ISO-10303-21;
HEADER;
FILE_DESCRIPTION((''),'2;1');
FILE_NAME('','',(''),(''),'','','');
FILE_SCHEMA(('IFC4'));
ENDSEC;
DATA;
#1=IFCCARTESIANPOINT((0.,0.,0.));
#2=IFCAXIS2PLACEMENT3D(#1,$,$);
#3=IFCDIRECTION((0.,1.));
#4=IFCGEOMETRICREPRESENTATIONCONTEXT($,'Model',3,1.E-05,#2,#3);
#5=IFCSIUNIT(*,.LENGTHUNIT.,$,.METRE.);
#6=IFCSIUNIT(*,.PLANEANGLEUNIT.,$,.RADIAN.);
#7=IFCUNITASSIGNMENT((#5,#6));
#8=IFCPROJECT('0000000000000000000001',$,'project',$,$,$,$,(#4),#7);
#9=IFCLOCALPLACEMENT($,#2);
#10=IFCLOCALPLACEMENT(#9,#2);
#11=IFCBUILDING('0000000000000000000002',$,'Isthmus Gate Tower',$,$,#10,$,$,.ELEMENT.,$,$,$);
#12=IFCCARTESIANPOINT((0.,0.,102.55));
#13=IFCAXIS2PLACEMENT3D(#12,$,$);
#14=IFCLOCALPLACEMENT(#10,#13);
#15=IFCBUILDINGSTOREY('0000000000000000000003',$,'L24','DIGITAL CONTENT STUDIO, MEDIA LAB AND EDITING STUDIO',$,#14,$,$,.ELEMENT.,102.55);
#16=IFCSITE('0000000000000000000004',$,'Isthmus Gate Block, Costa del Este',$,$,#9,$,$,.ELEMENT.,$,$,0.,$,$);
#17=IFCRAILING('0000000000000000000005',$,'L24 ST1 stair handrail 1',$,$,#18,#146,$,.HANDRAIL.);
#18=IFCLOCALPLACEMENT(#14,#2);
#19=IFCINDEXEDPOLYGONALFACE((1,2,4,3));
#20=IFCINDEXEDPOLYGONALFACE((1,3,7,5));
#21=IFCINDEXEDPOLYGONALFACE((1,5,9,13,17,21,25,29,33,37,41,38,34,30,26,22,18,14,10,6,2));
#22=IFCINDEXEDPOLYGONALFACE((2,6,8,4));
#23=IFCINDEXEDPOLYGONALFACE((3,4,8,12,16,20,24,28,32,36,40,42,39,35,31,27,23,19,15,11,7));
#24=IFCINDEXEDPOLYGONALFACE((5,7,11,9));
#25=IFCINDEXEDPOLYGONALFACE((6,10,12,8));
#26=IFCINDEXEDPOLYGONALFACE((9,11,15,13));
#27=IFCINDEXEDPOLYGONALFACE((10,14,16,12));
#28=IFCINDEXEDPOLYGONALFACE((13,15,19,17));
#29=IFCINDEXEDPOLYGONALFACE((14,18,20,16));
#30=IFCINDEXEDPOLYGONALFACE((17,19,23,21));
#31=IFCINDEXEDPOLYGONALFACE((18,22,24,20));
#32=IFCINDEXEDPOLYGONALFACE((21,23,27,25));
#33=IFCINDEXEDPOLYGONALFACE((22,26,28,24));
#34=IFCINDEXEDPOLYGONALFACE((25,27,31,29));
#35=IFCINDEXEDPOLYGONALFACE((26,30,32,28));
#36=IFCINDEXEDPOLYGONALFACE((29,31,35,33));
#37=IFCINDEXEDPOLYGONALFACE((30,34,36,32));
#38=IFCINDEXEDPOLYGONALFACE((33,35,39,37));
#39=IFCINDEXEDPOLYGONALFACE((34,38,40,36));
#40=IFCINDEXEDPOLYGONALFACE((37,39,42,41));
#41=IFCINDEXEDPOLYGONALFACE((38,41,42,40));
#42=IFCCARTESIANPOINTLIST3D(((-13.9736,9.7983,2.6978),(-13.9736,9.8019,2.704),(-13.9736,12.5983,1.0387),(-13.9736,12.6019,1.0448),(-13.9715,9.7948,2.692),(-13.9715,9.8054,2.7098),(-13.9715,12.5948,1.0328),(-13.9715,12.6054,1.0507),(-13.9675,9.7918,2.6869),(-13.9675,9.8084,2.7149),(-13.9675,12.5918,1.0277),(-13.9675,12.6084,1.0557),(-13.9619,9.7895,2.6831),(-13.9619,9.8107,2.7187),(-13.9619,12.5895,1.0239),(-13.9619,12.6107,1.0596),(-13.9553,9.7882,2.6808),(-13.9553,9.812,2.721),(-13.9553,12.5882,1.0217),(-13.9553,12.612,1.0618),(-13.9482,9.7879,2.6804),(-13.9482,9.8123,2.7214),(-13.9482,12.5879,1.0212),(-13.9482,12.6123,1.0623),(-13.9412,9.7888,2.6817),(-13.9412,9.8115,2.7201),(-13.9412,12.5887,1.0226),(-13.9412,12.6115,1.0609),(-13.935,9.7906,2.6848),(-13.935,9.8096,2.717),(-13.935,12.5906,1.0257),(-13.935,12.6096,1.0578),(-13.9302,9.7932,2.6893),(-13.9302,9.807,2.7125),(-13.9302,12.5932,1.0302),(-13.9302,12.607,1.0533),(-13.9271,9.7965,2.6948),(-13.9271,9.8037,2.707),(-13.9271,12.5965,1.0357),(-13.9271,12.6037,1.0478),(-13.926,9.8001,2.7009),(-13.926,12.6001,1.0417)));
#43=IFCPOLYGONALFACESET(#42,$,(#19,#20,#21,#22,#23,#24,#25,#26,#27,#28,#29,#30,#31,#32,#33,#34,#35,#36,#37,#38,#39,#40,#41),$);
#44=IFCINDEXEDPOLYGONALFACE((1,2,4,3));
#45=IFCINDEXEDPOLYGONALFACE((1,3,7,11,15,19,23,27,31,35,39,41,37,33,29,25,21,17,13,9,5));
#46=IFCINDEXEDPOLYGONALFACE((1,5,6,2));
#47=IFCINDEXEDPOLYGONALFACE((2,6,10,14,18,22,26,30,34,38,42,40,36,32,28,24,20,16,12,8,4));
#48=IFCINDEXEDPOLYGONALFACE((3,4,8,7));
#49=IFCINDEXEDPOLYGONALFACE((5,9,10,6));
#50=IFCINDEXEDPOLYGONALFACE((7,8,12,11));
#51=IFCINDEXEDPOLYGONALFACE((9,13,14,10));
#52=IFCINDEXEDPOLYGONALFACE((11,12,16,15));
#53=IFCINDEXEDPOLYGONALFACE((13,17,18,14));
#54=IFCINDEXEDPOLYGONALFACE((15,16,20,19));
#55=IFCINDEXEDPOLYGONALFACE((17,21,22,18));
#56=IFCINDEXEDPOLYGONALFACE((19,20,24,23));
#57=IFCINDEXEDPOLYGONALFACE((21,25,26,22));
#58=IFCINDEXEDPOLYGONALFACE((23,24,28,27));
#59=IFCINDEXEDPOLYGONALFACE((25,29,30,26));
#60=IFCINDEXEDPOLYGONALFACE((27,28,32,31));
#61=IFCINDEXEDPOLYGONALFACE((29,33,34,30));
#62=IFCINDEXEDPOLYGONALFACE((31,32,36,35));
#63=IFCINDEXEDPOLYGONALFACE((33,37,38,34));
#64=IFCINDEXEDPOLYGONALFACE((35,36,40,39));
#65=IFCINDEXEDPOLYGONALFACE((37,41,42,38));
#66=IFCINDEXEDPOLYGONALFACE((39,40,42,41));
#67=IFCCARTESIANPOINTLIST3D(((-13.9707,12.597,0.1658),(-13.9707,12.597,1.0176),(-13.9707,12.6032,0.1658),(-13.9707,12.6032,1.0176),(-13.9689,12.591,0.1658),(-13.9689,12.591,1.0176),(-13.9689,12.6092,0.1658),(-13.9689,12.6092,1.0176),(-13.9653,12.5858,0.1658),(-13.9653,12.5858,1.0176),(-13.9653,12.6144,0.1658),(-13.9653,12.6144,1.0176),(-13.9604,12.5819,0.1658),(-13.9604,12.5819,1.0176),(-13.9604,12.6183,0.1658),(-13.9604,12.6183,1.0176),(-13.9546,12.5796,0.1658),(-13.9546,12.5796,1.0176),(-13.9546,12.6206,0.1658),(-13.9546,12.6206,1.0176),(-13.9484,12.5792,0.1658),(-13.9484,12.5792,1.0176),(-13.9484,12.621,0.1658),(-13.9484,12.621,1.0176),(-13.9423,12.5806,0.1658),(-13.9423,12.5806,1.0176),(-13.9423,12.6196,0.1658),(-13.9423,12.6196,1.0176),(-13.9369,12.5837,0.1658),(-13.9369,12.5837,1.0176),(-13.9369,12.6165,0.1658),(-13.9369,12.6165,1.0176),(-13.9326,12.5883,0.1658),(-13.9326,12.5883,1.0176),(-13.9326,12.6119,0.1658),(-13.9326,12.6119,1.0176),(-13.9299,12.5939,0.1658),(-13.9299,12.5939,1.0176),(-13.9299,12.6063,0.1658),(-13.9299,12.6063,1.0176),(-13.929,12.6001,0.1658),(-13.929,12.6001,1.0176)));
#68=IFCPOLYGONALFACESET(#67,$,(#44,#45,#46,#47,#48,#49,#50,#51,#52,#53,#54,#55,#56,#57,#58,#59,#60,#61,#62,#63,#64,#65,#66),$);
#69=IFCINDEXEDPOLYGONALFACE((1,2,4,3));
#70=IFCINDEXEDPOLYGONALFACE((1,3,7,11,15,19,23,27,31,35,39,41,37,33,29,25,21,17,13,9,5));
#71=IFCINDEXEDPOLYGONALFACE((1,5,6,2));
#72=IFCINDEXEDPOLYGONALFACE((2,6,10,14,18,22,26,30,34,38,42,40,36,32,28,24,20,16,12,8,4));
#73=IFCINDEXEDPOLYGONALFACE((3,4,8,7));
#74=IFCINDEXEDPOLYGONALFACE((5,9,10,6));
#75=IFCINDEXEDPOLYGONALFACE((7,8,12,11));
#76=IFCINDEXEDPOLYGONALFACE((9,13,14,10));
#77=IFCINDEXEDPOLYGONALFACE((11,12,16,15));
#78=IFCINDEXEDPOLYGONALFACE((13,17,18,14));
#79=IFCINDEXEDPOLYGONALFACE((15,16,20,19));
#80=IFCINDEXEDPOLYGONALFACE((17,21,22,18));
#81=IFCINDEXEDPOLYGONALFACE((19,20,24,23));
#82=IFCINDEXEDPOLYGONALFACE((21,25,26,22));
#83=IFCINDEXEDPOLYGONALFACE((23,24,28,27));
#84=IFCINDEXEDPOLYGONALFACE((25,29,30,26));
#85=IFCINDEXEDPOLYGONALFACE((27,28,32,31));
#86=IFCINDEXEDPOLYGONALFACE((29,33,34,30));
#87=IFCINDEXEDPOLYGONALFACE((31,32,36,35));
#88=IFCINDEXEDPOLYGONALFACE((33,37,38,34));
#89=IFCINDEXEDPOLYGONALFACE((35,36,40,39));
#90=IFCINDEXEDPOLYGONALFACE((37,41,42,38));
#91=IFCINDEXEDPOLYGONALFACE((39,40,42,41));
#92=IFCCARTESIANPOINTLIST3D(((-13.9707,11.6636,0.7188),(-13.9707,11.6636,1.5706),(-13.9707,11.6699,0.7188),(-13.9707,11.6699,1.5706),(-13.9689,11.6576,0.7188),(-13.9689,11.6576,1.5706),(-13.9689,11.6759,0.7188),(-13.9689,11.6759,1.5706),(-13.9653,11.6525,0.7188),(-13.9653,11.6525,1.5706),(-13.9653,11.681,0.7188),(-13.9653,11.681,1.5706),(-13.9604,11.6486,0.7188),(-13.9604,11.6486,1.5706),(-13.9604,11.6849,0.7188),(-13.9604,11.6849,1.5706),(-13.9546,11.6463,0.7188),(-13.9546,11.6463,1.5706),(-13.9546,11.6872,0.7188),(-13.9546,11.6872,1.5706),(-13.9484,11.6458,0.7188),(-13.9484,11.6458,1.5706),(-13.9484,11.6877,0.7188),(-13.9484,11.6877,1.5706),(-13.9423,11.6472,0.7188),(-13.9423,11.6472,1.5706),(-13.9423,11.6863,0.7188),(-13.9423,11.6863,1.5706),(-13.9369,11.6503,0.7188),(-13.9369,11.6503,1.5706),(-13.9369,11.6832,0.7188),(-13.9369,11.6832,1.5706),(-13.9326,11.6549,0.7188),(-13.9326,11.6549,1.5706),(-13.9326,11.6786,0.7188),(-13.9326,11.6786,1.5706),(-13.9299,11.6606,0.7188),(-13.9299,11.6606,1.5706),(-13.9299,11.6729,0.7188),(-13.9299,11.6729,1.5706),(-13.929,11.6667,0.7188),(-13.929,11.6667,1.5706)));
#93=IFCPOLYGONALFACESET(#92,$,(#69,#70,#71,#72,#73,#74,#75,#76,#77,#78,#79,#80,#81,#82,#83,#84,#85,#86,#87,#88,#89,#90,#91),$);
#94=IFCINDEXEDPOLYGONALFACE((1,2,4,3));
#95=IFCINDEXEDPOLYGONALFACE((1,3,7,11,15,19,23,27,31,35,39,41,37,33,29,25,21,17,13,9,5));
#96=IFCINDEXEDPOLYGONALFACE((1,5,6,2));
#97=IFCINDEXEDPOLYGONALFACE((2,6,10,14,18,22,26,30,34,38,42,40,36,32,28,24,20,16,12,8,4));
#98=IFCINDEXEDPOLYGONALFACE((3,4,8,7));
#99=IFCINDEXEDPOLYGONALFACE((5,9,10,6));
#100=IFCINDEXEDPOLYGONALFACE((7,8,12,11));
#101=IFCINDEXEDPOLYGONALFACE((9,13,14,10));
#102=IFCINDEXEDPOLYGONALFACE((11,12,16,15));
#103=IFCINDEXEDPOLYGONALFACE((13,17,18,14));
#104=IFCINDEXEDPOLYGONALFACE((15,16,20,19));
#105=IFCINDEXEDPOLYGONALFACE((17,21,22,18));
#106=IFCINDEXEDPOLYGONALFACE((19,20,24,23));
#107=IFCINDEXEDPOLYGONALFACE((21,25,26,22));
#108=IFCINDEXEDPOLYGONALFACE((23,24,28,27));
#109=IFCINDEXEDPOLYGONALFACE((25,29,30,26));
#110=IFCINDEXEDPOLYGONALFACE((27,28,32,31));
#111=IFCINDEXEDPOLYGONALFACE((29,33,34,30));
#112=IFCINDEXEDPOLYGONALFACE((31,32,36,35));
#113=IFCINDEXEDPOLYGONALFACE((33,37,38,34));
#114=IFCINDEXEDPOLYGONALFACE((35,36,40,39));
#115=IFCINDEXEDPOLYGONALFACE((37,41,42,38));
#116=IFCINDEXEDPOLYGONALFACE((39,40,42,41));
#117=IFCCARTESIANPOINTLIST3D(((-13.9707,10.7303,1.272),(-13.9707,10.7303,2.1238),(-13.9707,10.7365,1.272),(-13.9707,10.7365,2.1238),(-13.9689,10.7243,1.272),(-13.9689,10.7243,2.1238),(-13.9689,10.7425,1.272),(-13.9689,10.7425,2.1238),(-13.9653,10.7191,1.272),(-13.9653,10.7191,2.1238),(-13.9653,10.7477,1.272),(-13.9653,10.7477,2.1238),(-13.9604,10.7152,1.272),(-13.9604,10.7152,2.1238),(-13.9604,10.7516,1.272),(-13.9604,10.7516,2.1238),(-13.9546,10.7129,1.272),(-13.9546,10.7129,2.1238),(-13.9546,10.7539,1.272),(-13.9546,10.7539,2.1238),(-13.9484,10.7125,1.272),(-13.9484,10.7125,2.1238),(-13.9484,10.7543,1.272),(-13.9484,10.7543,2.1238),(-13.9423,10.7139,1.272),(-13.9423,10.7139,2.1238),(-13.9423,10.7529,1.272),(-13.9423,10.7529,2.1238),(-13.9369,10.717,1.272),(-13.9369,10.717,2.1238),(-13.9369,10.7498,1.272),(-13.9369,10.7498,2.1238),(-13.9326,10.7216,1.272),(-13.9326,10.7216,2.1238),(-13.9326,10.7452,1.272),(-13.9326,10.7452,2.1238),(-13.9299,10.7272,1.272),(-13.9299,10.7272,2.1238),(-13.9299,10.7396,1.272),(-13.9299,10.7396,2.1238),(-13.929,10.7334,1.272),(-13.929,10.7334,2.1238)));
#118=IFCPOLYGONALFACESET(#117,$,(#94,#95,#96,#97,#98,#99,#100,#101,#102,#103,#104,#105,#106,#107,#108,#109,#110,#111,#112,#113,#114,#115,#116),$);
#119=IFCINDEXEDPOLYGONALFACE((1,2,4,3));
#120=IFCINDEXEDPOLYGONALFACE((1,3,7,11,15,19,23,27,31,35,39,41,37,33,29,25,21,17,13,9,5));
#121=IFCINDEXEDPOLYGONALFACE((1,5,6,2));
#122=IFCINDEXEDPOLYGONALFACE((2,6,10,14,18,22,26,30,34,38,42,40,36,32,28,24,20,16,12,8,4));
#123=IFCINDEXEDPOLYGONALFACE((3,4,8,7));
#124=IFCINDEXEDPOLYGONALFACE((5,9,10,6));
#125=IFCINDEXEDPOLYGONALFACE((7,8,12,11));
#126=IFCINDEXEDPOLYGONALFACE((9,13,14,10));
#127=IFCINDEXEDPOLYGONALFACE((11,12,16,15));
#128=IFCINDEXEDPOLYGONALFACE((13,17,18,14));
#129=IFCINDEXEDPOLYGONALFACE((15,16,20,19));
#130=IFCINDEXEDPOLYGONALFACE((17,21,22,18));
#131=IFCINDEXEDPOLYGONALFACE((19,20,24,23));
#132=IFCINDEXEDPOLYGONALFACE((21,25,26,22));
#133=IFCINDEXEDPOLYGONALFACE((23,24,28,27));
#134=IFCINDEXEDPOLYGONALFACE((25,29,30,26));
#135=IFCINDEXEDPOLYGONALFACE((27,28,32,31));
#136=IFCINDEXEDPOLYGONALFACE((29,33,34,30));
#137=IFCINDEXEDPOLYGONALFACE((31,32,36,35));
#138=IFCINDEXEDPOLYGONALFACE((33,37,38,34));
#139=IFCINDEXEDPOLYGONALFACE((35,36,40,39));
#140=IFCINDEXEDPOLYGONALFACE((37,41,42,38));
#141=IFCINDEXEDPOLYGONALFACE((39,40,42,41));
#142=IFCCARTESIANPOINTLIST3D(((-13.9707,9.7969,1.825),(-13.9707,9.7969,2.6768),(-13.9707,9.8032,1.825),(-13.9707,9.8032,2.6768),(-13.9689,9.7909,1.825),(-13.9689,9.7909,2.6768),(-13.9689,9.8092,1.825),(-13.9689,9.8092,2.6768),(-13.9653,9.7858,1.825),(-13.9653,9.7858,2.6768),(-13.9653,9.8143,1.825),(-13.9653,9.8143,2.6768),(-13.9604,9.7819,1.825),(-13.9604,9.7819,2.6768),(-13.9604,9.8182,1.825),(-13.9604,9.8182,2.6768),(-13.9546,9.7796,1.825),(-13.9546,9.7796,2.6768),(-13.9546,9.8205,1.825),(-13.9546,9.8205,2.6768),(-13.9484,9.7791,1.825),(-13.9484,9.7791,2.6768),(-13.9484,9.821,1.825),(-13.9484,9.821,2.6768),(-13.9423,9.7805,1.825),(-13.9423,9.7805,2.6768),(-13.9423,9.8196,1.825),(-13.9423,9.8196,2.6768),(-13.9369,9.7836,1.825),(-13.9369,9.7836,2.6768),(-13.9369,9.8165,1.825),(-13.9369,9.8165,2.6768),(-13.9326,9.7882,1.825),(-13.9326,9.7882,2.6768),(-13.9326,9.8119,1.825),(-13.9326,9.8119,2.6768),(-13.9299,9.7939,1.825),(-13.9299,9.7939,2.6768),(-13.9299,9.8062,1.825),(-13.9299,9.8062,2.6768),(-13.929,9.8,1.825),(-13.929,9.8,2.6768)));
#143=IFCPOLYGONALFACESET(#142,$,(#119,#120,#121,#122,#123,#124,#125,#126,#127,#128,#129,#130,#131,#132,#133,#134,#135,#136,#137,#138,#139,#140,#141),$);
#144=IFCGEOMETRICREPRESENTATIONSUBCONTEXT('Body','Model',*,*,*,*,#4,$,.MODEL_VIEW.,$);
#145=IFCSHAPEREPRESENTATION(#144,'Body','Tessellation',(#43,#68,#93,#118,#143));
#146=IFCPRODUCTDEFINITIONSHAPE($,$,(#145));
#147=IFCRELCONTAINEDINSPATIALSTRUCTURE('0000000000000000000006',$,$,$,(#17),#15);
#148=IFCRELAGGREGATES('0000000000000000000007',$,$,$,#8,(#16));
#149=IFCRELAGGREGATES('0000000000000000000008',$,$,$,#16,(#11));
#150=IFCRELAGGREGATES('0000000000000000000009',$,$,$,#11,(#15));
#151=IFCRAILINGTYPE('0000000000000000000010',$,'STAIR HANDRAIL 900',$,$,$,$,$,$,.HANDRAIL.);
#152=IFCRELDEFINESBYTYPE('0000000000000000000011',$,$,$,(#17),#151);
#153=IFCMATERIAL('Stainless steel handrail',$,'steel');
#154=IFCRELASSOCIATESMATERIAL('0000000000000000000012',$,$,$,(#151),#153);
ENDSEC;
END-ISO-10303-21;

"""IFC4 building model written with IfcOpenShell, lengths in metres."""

from ifc_helpers import new_model, si_unit, direction, frame, origin, origin_2d, place, context, subcontext, project, spatial, circle, extrude, material, type_object, element, save


model = new_model("IFC4")

# Units and contexts
model_context = context("Model", 3, precision=1e-05, world=origin(), true_north=direction((0.0, 1.0)))
body_context = subcontext(model_context, "Body", "Model", "MODEL_VIEW")
ifc_project = project(units=[si_unit("LENGTHUNIT", "METRE"), si_unit("PLANEANGLEUNIT", "RADIAN")], contexts=[model_context])

# Site, building, storey
site_placement = place(None, origin())
site = spatial("IfcSite", under=ifc_project, at=site_placement, Name="Isthmus Gate Block, Costa del Este", CompositionType="ELEMENT", RefElevation=0.0)
building_placement = place(site_placement, origin())
building = spatial("IfcBuilding", under=site, at=building_placement, Name="Isthmus Gate Tower", CompositionType="ELEMENT")
storey_placement = place(building_placement, frame((0.0, 0.0, 102.55)))
storey = spatial("IfcBuildingStorey", under=building, at=storey_placement, Name="L24", Description="DIGITAL CONTENT STUDIO, MEDIA LAB AND EDITING STUDIO", CompositionType="ELEMENT", Elevation=102.55)

# Railing
ifc_material_1 = material(Name="Stainless steel handrail", Category="steel")
railing_type_1 = type_object("IfcRailingType", Name="STAIR HANDRAIL 900", PredefinedType="HANDRAIL", material=ifc_material_1)
railing_1_placement = place(storey_placement, frame((-13.95, 12.6001, 0.1658)))
element("IfcRailing", 1, at=railing_1_placement, inside=storey, type_object=railing_type_1, Name="L24 ST1 stair handrail 1", PredefinedType="HANDRAIL", context=body_context, shape_type="SweptSolid", body=[
    extrude(circle(Radius=0.0239, at=origin_2d()), frame((0.0, 0.0, 0.876), z_axis=(0.0, -0.860306, 0.509778), x_axis=(1.0, 0.0, 0.0)), (0.0, 0.0, 1.0), 3.2546),
    extrude(circle(Radius=0.021, at=origin_2d()), origin(), (0.0, 0.0, 1.0), 0.8518),
    extrude(circle(Radius=0.021, at=origin_2d()), frame((0.0, -0.9333, 0.553)), (0.0, 0.0, 1.0), 0.8518),
    extrude(circle(Radius=0.021, at=origin_2d()), frame((0.0, -1.8667, 1.1062)), (0.0, 0.0, 1.0), 0.8518),
    extrude(circle(Radius=0.021, at=origin_2d()), frame((0.0, -2.8, 1.6592)), (0.0, 0.0, 1.0), 0.8518),
])

save(model, "model.ifc")
